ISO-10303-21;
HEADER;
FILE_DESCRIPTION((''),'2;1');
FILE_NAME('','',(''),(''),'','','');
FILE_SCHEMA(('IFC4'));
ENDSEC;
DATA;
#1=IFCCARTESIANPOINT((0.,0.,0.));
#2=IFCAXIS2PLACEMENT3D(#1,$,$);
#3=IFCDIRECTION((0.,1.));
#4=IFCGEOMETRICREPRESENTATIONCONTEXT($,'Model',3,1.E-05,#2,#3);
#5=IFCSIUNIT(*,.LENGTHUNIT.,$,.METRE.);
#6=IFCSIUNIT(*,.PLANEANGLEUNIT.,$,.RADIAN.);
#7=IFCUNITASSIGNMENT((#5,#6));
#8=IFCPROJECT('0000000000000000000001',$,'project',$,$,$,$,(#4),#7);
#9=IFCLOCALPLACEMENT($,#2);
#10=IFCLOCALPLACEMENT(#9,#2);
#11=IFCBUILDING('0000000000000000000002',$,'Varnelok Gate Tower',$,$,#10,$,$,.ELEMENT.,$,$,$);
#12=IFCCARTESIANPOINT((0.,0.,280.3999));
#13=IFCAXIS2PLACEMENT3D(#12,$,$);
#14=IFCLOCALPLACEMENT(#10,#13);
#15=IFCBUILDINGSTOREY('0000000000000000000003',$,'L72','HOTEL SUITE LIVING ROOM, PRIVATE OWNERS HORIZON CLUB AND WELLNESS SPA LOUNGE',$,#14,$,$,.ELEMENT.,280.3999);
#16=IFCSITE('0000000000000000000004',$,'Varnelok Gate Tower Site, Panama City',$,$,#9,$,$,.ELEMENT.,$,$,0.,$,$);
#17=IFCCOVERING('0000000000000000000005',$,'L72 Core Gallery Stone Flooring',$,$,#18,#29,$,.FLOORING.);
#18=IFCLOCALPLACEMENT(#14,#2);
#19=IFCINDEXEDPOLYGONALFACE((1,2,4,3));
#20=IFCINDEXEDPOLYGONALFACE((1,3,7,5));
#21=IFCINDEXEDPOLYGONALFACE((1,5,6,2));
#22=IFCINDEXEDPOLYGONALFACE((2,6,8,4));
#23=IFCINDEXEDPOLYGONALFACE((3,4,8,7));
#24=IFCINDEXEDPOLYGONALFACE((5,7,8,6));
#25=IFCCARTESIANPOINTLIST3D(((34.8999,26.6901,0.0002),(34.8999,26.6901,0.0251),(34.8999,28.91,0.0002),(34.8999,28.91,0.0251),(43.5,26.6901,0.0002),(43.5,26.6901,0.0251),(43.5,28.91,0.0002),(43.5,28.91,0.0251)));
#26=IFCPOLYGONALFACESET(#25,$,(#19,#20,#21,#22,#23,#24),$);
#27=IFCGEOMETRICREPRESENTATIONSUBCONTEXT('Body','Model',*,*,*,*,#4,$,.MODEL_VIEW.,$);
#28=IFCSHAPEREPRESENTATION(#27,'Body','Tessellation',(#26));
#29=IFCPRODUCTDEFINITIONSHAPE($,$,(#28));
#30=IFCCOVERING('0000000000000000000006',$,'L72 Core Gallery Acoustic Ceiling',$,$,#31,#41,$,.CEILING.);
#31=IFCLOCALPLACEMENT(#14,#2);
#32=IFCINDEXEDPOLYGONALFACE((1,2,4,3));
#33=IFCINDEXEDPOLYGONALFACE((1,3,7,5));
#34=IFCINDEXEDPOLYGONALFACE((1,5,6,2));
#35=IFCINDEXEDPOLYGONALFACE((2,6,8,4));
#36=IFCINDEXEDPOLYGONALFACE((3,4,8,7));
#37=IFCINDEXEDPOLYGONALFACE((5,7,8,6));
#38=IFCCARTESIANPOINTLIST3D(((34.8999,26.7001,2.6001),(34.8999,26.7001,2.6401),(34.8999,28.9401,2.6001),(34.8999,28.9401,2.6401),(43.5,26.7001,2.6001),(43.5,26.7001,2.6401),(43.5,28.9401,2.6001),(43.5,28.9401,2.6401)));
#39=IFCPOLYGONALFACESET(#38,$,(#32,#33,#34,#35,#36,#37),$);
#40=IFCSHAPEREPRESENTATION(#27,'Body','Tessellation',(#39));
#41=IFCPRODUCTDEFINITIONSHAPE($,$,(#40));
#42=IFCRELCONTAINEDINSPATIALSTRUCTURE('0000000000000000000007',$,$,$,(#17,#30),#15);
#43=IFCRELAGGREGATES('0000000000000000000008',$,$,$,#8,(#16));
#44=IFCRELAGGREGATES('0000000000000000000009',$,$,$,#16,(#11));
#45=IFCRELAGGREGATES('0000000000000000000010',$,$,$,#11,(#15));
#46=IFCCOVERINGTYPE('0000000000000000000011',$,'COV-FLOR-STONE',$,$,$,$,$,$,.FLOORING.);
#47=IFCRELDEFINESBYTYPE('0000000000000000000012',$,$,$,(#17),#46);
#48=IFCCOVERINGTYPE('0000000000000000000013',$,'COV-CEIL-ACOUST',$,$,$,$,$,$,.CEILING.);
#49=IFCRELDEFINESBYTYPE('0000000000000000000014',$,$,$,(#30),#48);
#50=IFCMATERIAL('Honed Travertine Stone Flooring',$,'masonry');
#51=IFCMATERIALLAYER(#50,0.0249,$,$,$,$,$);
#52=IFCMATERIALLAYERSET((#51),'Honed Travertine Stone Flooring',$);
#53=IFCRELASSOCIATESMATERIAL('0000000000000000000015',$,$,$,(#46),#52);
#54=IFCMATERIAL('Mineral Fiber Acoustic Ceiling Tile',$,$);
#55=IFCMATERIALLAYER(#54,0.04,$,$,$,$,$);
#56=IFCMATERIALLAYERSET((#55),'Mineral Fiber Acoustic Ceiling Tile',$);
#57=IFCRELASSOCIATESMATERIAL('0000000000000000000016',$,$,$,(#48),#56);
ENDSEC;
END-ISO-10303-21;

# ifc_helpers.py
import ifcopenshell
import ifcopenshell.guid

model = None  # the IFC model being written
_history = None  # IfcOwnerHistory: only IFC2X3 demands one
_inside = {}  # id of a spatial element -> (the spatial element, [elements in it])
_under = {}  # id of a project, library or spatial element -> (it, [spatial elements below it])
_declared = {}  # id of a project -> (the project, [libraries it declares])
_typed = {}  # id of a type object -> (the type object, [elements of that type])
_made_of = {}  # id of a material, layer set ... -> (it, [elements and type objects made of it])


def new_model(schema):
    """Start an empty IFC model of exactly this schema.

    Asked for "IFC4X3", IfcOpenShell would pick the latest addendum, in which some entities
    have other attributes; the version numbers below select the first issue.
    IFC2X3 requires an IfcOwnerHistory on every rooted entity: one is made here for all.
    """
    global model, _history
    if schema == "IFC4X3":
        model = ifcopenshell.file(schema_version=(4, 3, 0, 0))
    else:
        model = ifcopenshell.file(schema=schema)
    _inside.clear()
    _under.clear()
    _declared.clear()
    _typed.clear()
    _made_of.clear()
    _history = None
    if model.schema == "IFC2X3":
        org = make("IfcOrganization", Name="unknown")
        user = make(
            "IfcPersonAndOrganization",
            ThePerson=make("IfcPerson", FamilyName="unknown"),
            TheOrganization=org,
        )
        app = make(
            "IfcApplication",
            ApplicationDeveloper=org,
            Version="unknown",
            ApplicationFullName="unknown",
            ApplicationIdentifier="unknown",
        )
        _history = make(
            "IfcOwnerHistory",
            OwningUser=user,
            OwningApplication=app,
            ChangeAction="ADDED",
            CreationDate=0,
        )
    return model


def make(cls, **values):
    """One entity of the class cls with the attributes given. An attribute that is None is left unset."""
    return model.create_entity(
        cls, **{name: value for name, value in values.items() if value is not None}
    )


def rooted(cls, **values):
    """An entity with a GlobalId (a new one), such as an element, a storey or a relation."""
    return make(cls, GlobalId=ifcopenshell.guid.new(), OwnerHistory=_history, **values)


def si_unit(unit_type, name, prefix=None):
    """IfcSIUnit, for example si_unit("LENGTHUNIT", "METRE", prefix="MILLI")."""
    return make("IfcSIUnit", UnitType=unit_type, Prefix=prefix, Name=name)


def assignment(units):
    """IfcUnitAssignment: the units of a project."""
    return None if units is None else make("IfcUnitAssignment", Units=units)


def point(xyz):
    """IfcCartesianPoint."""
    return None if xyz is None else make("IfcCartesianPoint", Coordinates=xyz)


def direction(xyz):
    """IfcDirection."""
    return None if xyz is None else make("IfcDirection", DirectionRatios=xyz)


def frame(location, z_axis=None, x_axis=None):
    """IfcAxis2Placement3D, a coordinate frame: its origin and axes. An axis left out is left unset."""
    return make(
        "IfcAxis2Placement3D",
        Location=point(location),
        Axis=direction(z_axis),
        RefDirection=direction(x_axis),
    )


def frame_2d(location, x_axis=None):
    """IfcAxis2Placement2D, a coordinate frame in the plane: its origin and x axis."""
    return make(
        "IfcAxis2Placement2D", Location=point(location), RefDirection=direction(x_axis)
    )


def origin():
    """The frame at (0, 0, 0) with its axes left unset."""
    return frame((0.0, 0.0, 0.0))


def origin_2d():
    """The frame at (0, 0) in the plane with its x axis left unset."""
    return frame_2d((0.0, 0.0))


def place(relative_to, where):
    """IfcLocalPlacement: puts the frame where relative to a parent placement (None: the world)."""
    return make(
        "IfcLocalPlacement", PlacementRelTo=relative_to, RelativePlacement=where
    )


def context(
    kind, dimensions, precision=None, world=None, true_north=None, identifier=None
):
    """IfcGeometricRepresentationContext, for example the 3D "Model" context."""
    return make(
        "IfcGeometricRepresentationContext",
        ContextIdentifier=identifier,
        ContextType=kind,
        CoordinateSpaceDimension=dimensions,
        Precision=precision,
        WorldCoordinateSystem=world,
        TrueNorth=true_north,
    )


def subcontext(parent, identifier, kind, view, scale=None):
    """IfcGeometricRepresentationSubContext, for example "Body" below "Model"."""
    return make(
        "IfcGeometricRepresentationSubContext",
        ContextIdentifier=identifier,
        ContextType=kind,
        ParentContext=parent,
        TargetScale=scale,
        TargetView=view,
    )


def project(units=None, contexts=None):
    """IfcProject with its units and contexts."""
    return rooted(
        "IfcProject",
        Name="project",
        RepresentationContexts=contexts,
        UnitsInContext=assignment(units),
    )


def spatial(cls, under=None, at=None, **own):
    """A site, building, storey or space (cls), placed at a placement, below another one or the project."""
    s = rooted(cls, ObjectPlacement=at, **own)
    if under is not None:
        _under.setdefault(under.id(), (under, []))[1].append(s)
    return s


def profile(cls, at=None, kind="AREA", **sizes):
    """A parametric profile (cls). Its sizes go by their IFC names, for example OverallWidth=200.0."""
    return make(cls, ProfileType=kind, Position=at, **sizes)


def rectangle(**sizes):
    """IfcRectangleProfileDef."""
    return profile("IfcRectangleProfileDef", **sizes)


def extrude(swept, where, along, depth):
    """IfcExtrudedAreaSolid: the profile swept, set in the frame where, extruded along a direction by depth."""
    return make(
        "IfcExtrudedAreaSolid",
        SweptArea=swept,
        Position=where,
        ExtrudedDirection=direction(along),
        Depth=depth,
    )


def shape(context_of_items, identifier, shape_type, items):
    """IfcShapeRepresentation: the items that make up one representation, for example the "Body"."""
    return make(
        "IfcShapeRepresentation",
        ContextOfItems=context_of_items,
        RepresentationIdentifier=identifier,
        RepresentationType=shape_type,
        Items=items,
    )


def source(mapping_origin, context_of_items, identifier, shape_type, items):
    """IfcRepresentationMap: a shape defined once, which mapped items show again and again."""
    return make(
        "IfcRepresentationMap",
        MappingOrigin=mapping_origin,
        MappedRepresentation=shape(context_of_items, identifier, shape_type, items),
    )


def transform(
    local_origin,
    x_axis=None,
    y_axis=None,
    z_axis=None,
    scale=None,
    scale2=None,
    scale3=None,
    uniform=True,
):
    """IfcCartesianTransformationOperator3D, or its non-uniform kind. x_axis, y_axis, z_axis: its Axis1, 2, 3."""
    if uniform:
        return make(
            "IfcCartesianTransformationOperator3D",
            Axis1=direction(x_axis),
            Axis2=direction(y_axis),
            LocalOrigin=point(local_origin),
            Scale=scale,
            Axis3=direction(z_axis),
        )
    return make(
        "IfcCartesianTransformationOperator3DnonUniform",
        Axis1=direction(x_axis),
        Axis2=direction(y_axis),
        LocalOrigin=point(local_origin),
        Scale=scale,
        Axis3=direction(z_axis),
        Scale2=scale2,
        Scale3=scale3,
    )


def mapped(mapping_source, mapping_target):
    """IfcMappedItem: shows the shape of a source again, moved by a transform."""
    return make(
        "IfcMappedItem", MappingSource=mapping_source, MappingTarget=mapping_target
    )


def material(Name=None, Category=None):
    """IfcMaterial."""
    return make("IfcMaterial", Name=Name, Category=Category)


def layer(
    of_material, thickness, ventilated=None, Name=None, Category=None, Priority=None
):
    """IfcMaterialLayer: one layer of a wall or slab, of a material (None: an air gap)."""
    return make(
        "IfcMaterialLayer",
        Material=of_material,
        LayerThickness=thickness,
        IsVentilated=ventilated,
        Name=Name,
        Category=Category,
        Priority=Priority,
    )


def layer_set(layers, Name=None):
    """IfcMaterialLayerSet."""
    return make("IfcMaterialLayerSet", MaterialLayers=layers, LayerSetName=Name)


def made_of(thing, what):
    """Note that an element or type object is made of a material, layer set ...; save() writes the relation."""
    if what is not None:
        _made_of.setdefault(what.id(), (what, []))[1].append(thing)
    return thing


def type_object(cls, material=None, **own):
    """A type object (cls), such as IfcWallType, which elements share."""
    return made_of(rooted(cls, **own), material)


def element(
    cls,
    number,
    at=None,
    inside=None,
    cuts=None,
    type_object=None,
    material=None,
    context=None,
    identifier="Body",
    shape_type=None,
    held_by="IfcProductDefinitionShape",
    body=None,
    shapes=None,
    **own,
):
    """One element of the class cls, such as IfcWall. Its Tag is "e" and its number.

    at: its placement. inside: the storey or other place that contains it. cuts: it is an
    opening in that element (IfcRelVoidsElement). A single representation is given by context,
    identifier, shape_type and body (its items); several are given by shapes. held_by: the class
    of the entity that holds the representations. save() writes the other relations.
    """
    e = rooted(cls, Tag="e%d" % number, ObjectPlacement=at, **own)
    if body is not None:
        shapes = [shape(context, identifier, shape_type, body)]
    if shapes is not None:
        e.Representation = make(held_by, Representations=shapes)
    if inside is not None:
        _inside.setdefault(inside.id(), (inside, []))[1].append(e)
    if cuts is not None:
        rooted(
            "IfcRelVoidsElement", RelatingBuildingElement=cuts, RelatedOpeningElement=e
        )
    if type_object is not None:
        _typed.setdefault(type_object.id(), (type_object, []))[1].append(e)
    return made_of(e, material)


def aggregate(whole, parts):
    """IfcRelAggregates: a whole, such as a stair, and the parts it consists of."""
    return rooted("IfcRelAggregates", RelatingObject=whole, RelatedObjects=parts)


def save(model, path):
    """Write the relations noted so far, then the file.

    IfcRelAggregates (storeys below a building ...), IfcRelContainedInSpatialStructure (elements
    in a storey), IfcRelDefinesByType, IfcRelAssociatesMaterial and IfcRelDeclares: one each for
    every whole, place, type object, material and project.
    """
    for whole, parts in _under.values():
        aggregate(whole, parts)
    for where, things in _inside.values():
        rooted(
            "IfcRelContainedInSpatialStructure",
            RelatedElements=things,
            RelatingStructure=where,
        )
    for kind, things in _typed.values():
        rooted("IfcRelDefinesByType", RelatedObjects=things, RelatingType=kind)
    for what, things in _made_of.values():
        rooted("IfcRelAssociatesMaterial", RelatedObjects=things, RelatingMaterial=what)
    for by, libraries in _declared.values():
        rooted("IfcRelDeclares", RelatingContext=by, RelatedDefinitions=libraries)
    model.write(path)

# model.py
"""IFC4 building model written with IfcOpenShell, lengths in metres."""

from ifc_helpers import new_model, si_unit, direction, frame, origin, origin_2d, place, context, subcontext, project, spatial, rectangle, extrude, source, transform, mapped, material, layer, layer_set, type_object, element, save


model = new_model("IFC4")

# Units and contexts
model_context = context("Model", 3, precision=1e-05, world=origin(), true_north=direction((0.0, 1.0)))
body_context = subcontext(model_context, "Body", "Model", "MODEL_VIEW")
ifc_project = project(units=[si_unit("LENGTHUNIT", "METRE"), si_unit("PLANEANGLEUNIT", "RADIAN")], contexts=[model_context])

# Site, building, storey
site_placement = place(None, origin())
site = spatial("IfcSite", under=ifc_project, at=site_placement, Name="Varnelok Gate Tower Site, Panama City", CompositionType="ELEMENT", RefElevation=0.0)
building_placement = place(site_placement, origin())
building = spatial("IfcBuilding", under=site, at=building_placement, Name="Varnelok Gate Tower", CompositionType="ELEMENT")
storey_placement = place(building_placement, frame((0.0, 0.0, 280.3999)))
storey = spatial("IfcBuildingStorey", under=building, at=storey_placement, Name="L72", Description="HOTEL SUITE LIVING ROOM, PRIVATE OWNERS HORIZON CLUB AND WELLNESS SPA LOUNGE", CompositionType="ELEMENT", Elevation=280.3999)

# Coverings
ifc_material_1 = material(Name="Honed Travertine Stone Flooring", Category="masonry")
ifc_layer_1 = layer(ifc_material_1, 0.0249)
ifc_layer_set_1 = layer_set([ifc_layer_1], Name="Honed Travertine Stone Flooring")
covering_type_1 = type_object("IfcCoveringType", Name="COV-FLOR-STONE", PredefinedType="FLOORING", material=ifc_layer_set_1)
shared_shape_1 = source(origin(), body_context, "Body", "SweptSolid", [
    extrude(rectangle(XDim=8.6001, YDim=2.22, at=origin_2d()), origin(), (0.0, 0.0, 1.0), 0.0249),
])
covering_1_placement = place(storey_placement, frame((39.2, 27.8, 0.0002), z_axis=(0.0, 0.0, 1.0), x_axis=(1.0, 0.0, 0.0)))
element("IfcCovering", 1, at=covering_1_placement, inside=storey, type_object=covering_type_1, Name="L72 Core Gallery Stone Flooring", PredefinedType="FLOORING", context=body_context, shape_type="MappedRepresentation", body=[
    mapped(shared_shape_1, transform((0.0, 0.0, 0.0), scale=1.0)),
])
ifc_material_2 = material(Name="Mineral Fiber Acoustic Ceiling Tile")
ifc_layer_2 = layer(ifc_material_2, 0.04)
ifc_layer_set_2 = layer_set([ifc_layer_2], Name="Mineral Fiber Acoustic Ceiling Tile")
covering_type_2 = type_object("IfcCoveringType", Name="COV-CEIL-ACOUST", PredefinedType="CEILING", material=ifc_layer_set_2)
shared_shape_2 = source(origin(), body_context, "Body", "SweptSolid", [
    extrude(rectangle(XDim=8.6001, YDim=2.24, at=origin_2d()), origin(), (0.0, 0.0, 1.0), 0.04),
])
covering_2_placement = place(storey_placement, frame((39.2, 27.8201, 2.6001), z_axis=(0.0, 0.0, 1.0), x_axis=(1.0, 0.0, 0.0)))
element("IfcCovering", 2, at=covering_2_placement, inside=storey, type_object=covering_type_2, Name="L72 Core Gallery Acoustic Ceiling", PredefinedType="CEILING", context=body_context, shape_type="MappedRepresentation", body=[
    mapped(shared_shape_2, transform((0.0, 0.0, 0.0), scale=1.0)),
])

save(model, "model.ifc")
